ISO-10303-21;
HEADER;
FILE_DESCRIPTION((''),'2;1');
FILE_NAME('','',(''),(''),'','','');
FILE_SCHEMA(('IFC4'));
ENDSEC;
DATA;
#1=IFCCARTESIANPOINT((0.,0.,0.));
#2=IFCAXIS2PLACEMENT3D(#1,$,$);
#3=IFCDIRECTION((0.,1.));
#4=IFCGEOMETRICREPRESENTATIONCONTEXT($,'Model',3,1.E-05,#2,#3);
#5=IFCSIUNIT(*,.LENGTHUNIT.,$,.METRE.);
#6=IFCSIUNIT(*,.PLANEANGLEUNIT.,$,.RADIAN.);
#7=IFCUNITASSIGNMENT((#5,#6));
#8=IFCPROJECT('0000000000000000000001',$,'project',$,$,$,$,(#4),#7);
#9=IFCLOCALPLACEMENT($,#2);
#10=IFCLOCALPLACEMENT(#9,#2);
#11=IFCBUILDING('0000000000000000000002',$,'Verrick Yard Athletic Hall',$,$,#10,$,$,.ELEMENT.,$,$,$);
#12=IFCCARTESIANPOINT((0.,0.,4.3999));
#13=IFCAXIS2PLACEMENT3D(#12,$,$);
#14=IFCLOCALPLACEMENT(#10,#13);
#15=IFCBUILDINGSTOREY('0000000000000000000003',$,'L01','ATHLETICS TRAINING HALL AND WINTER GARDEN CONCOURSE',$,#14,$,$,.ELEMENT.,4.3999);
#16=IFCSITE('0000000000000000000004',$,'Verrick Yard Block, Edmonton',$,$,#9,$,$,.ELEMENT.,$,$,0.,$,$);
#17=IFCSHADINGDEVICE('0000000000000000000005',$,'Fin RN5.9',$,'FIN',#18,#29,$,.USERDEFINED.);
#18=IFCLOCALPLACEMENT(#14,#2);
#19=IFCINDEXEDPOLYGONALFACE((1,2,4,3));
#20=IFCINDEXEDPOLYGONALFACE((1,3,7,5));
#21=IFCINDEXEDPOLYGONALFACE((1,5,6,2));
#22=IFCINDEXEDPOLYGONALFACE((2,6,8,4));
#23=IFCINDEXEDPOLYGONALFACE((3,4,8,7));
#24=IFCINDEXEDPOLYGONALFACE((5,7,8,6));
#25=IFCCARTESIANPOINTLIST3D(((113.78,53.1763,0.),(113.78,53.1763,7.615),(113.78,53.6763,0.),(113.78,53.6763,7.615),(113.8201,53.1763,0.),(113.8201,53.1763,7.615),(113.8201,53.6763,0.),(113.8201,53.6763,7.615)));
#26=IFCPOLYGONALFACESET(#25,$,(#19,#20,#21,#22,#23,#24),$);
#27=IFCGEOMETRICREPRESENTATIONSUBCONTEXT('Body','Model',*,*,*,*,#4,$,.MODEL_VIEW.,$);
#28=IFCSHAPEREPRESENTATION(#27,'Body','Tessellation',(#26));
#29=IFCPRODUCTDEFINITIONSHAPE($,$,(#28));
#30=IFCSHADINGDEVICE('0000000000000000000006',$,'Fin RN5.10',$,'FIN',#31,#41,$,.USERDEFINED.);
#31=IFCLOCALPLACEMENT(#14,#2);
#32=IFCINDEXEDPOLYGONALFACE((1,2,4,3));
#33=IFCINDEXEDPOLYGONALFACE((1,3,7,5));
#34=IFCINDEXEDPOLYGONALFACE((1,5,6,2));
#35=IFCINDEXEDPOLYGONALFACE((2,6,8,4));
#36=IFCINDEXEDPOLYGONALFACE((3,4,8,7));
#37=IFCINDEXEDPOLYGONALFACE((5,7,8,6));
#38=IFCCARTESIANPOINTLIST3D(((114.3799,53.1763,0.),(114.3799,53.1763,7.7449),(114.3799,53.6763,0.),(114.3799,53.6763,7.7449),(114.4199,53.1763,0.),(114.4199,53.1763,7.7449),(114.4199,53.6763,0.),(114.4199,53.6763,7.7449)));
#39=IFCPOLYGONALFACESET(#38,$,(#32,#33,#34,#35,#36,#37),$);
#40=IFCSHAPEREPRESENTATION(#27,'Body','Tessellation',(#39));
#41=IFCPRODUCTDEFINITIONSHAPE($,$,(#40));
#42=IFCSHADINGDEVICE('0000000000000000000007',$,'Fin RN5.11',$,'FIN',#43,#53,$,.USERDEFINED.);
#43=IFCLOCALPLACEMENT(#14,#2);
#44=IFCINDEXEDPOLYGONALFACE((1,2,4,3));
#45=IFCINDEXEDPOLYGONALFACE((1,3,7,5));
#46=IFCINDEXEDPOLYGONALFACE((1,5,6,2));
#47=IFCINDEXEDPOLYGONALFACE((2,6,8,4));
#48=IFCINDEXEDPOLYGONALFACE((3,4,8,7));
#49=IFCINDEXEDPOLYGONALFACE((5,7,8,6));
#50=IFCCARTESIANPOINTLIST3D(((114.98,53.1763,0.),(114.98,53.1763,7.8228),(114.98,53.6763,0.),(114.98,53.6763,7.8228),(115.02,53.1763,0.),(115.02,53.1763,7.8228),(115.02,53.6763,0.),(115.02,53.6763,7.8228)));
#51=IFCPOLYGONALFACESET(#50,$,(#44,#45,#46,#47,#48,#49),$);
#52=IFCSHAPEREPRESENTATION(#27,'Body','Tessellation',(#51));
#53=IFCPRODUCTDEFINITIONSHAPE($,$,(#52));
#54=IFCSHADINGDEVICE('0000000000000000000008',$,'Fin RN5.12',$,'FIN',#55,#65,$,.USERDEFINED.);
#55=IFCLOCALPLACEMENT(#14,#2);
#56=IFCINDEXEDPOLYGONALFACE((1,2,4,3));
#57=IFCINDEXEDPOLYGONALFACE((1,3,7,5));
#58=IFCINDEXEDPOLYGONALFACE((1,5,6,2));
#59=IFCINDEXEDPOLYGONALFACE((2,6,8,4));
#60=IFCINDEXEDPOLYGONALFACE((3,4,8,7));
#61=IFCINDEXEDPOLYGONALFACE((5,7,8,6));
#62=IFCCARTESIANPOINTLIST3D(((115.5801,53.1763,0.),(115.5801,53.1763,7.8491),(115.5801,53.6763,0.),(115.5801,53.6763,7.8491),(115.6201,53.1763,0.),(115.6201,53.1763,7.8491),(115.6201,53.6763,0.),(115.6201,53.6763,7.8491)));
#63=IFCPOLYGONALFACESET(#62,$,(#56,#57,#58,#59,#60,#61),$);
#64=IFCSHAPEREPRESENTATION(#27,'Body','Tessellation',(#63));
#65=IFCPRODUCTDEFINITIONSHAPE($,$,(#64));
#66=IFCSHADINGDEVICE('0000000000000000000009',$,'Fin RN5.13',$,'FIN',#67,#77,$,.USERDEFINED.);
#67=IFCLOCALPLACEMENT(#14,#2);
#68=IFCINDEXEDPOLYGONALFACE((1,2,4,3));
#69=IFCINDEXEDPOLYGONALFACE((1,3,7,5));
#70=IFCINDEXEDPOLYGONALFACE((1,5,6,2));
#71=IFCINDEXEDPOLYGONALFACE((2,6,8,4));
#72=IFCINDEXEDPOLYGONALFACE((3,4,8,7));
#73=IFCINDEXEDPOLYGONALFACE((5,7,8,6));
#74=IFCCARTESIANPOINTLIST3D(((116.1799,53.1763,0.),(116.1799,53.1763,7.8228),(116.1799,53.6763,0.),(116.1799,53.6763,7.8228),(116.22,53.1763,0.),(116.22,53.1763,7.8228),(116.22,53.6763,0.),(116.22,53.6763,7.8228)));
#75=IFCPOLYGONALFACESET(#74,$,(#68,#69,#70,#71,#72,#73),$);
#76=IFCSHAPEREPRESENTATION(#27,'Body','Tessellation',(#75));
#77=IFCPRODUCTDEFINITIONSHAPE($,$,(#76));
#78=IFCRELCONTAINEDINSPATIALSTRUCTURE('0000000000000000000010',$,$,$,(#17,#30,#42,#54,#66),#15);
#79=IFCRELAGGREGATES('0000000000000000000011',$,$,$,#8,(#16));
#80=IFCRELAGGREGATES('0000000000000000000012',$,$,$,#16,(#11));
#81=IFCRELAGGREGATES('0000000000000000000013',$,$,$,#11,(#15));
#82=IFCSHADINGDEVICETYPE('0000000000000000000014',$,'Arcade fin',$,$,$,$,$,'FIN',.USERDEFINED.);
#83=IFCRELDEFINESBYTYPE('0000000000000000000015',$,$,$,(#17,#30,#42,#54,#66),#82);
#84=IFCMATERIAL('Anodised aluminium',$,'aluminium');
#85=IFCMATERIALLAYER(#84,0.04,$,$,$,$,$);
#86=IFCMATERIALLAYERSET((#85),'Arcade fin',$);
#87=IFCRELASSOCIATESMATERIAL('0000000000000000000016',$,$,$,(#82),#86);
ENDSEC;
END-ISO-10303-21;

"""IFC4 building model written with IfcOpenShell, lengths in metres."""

from ifc_helpers import new_model, si_unit, direction, frame, origin, place, context, subcontext, project, spatial, polyline, outline, extrude, material, layer, layer_set, type_object, element, save


model = new_model("IFC4")

# Units and contexts
model_context = context("Model", 3, precision=1e-05, world=origin(), true_north=direction((0.0, 1.0)))
body_context = subcontext(model_context, "Body", "Model", "MODEL_VIEW")
ifc_project = project(units=[si_unit("LENGTHUNIT", "METRE"), si_unit("PLANEANGLEUNIT", "RADIAN")], contexts=[model_context])

# Site, building, storey
site_placement = place(None, origin())
site = spatial("IfcSite", under=ifc_project, at=site_placement, Name="Verrick Yard Block, Edmonton", CompositionType="ELEMENT", RefElevation=0.0)
building_placement = place(site_placement, origin())
building = spatial("IfcBuilding", under=site, at=building_placement, Name="Verrick Yard Athletic Hall", CompositionType="ELEMENT")
storey_placement = place(building_placement, frame((0.0, 0.0, 4.3999)))
storey = spatial("IfcBuildingStorey", under=building, at=storey_placement, Name="L01", Description="ATHLETICS TRAINING HALL AND WINTER GARDEN CONCOURSE", CompositionType="ELEMENT", Elevation=4.3999)

# Shading devices
ifc_material_1 = material(Name="Anodised aluminium", Category="aluminium")
ifc_layer_1 = layer(ifc_material_1, 0.04)
ifc_layer_set_1 = layer_set([ifc_layer_1], Name="Arcade fin")
shading_device_type = type_object("IfcShadingDeviceType", Name="Arcade fin", ElementType="FIN", PredefinedType="USERDEFINED", material=ifc_layer_set_1)
shading_device_1_placement = place(storey_placement, frame((113.8, 53.1763, 0.0), z_axis=(0.0, 0.0, 1.0), x_axis=(0.0, 1.0, 0.0)))
element("IfcShadingDevice", 1, at=shading_device_1_placement, inside=storey, type_object=shading_device_type, Name="Fin RN5.9", ObjectType="FIN", PredefinedType="USERDEFINED", context=body_context, shape_type="SweptSolid", body=[
    extrude(outline(polyline([(0.0, 0.0), (0.5, 0.0), (0.5, 7.615), (0.0, 7.615), (0.0, 0.0)])), frame((0.0, 0.02, 0.0), z_axis=(0.0, -1.0, 0.0), x_axis=(1.0, 0.0, 0.0)), (0.0, 0.0, 1.0), 0.04),
])
shading_device_2_placement = place(storey_placement, frame((114.3999, 53.1763, 0.0), z_axis=(0.0, 0.0, 1.0), x_axis=(0.0, 1.0, 0.0)))
element("IfcShadingDevice", 2, at=shading_device_2_placement, inside=storey, type_object=shading_device_type, Name="Fin RN5.10", ObjectType="FIN", PredefinedType="USERDEFINED", context=body_context, shape_type="SweptSolid", body=[
    extrude(outline(polyline([(0.0, 0.0), (0.5, 0.0), (0.5, 7.7449), (0.0, 7.7449), (0.0, 0.0)])), frame((0.0, 0.02, 0.0), z_axis=(0.0, -1.0, 0.0), x_axis=(1.0, 0.0, 0.0)), (0.0, 0.0, 1.0), 0.04),
])
shading_device_3_placement = place(storey_placement, frame((115.0, 53.1763, 0.0), z_axis=(0.0, 0.0, 1.0), x_axis=(0.0, 1.0, 0.0)))
element("IfcShadingDevice", 3, at=shading_device_3_placement, inside=storey, type_object=shading_device_type, Name="Fin RN5.11", ObjectType="FIN", PredefinedType="USERDEFINED", context=body_context, shape_type="SweptSolid", body=[
    extrude(outline(polyline([(0.0, 0.0), (0.5, 0.0), (0.5, 7.8228), (0.0, 7.8228), (0.0, 0.0)])), frame((0.0, 0.02, 0.0), z_axis=(0.0, -1.0, 0.0), x_axis=(1.0, 0.0, 0.0)), (0.0, 0.0, 1.0), 0.04),
])
shading_device_4_placement = place(storey_placement, frame((115.6001, 53.1763, 0.0), z_axis=(0.0, 0.0, 1.0), x_axis=(0.0, 1.0, 0.0)))
element("IfcShadingDevice", 4, at=shading_device_4_placement, inside=storey, type_object=shading_device_type, Name="Fin RN5.12", ObjectType="FIN", PredefinedType="USERDEFINED", context=body_context, shape_type="SweptSolid", body=[
    extrude(outline(polyline([(0.0, 0.0), (0.5, 0.0), (0.5, 7.8491), (0.0, 7.8491), (0.0, 0.0)])), frame((0.0, 0.02, 0.0), z_axis=(0.0, -1.0, 0.0), x_axis=(1.0, 0.0, 0.0)), (0.0, 0.0, 1.0), 0.04),
])
shading_device_5_placement = place(storey_placement, frame((116.2, 53.1763, 0.0), z_axis=(0.0, 0.0, 1.0), x_axis=(0.0, 1.0, 0.0)))
element("IfcShadingDevice", 5, at=shading_device_5_placement, inside=storey, type_object=shading_device_type, Name="Fin RN5.13", ObjectType="FIN", PredefinedType="USERDEFINED", context=body_context, shape_type="SweptSolid", body=[
    extrude(outline(polyline([(0.0, 0.0), (0.5, 0.0), (0.5, 7.8228), (0.0, 7.8228), (0.0, 0.0)])), frame((0.0, 0.02, 0.0), z_axis=(0.0, -1.0, 0.0), x_axis=(1.0, 0.0, 0.0)), (0.0, 0.0, 1.0), 0.04),
])

save(model, "model.ifc")
